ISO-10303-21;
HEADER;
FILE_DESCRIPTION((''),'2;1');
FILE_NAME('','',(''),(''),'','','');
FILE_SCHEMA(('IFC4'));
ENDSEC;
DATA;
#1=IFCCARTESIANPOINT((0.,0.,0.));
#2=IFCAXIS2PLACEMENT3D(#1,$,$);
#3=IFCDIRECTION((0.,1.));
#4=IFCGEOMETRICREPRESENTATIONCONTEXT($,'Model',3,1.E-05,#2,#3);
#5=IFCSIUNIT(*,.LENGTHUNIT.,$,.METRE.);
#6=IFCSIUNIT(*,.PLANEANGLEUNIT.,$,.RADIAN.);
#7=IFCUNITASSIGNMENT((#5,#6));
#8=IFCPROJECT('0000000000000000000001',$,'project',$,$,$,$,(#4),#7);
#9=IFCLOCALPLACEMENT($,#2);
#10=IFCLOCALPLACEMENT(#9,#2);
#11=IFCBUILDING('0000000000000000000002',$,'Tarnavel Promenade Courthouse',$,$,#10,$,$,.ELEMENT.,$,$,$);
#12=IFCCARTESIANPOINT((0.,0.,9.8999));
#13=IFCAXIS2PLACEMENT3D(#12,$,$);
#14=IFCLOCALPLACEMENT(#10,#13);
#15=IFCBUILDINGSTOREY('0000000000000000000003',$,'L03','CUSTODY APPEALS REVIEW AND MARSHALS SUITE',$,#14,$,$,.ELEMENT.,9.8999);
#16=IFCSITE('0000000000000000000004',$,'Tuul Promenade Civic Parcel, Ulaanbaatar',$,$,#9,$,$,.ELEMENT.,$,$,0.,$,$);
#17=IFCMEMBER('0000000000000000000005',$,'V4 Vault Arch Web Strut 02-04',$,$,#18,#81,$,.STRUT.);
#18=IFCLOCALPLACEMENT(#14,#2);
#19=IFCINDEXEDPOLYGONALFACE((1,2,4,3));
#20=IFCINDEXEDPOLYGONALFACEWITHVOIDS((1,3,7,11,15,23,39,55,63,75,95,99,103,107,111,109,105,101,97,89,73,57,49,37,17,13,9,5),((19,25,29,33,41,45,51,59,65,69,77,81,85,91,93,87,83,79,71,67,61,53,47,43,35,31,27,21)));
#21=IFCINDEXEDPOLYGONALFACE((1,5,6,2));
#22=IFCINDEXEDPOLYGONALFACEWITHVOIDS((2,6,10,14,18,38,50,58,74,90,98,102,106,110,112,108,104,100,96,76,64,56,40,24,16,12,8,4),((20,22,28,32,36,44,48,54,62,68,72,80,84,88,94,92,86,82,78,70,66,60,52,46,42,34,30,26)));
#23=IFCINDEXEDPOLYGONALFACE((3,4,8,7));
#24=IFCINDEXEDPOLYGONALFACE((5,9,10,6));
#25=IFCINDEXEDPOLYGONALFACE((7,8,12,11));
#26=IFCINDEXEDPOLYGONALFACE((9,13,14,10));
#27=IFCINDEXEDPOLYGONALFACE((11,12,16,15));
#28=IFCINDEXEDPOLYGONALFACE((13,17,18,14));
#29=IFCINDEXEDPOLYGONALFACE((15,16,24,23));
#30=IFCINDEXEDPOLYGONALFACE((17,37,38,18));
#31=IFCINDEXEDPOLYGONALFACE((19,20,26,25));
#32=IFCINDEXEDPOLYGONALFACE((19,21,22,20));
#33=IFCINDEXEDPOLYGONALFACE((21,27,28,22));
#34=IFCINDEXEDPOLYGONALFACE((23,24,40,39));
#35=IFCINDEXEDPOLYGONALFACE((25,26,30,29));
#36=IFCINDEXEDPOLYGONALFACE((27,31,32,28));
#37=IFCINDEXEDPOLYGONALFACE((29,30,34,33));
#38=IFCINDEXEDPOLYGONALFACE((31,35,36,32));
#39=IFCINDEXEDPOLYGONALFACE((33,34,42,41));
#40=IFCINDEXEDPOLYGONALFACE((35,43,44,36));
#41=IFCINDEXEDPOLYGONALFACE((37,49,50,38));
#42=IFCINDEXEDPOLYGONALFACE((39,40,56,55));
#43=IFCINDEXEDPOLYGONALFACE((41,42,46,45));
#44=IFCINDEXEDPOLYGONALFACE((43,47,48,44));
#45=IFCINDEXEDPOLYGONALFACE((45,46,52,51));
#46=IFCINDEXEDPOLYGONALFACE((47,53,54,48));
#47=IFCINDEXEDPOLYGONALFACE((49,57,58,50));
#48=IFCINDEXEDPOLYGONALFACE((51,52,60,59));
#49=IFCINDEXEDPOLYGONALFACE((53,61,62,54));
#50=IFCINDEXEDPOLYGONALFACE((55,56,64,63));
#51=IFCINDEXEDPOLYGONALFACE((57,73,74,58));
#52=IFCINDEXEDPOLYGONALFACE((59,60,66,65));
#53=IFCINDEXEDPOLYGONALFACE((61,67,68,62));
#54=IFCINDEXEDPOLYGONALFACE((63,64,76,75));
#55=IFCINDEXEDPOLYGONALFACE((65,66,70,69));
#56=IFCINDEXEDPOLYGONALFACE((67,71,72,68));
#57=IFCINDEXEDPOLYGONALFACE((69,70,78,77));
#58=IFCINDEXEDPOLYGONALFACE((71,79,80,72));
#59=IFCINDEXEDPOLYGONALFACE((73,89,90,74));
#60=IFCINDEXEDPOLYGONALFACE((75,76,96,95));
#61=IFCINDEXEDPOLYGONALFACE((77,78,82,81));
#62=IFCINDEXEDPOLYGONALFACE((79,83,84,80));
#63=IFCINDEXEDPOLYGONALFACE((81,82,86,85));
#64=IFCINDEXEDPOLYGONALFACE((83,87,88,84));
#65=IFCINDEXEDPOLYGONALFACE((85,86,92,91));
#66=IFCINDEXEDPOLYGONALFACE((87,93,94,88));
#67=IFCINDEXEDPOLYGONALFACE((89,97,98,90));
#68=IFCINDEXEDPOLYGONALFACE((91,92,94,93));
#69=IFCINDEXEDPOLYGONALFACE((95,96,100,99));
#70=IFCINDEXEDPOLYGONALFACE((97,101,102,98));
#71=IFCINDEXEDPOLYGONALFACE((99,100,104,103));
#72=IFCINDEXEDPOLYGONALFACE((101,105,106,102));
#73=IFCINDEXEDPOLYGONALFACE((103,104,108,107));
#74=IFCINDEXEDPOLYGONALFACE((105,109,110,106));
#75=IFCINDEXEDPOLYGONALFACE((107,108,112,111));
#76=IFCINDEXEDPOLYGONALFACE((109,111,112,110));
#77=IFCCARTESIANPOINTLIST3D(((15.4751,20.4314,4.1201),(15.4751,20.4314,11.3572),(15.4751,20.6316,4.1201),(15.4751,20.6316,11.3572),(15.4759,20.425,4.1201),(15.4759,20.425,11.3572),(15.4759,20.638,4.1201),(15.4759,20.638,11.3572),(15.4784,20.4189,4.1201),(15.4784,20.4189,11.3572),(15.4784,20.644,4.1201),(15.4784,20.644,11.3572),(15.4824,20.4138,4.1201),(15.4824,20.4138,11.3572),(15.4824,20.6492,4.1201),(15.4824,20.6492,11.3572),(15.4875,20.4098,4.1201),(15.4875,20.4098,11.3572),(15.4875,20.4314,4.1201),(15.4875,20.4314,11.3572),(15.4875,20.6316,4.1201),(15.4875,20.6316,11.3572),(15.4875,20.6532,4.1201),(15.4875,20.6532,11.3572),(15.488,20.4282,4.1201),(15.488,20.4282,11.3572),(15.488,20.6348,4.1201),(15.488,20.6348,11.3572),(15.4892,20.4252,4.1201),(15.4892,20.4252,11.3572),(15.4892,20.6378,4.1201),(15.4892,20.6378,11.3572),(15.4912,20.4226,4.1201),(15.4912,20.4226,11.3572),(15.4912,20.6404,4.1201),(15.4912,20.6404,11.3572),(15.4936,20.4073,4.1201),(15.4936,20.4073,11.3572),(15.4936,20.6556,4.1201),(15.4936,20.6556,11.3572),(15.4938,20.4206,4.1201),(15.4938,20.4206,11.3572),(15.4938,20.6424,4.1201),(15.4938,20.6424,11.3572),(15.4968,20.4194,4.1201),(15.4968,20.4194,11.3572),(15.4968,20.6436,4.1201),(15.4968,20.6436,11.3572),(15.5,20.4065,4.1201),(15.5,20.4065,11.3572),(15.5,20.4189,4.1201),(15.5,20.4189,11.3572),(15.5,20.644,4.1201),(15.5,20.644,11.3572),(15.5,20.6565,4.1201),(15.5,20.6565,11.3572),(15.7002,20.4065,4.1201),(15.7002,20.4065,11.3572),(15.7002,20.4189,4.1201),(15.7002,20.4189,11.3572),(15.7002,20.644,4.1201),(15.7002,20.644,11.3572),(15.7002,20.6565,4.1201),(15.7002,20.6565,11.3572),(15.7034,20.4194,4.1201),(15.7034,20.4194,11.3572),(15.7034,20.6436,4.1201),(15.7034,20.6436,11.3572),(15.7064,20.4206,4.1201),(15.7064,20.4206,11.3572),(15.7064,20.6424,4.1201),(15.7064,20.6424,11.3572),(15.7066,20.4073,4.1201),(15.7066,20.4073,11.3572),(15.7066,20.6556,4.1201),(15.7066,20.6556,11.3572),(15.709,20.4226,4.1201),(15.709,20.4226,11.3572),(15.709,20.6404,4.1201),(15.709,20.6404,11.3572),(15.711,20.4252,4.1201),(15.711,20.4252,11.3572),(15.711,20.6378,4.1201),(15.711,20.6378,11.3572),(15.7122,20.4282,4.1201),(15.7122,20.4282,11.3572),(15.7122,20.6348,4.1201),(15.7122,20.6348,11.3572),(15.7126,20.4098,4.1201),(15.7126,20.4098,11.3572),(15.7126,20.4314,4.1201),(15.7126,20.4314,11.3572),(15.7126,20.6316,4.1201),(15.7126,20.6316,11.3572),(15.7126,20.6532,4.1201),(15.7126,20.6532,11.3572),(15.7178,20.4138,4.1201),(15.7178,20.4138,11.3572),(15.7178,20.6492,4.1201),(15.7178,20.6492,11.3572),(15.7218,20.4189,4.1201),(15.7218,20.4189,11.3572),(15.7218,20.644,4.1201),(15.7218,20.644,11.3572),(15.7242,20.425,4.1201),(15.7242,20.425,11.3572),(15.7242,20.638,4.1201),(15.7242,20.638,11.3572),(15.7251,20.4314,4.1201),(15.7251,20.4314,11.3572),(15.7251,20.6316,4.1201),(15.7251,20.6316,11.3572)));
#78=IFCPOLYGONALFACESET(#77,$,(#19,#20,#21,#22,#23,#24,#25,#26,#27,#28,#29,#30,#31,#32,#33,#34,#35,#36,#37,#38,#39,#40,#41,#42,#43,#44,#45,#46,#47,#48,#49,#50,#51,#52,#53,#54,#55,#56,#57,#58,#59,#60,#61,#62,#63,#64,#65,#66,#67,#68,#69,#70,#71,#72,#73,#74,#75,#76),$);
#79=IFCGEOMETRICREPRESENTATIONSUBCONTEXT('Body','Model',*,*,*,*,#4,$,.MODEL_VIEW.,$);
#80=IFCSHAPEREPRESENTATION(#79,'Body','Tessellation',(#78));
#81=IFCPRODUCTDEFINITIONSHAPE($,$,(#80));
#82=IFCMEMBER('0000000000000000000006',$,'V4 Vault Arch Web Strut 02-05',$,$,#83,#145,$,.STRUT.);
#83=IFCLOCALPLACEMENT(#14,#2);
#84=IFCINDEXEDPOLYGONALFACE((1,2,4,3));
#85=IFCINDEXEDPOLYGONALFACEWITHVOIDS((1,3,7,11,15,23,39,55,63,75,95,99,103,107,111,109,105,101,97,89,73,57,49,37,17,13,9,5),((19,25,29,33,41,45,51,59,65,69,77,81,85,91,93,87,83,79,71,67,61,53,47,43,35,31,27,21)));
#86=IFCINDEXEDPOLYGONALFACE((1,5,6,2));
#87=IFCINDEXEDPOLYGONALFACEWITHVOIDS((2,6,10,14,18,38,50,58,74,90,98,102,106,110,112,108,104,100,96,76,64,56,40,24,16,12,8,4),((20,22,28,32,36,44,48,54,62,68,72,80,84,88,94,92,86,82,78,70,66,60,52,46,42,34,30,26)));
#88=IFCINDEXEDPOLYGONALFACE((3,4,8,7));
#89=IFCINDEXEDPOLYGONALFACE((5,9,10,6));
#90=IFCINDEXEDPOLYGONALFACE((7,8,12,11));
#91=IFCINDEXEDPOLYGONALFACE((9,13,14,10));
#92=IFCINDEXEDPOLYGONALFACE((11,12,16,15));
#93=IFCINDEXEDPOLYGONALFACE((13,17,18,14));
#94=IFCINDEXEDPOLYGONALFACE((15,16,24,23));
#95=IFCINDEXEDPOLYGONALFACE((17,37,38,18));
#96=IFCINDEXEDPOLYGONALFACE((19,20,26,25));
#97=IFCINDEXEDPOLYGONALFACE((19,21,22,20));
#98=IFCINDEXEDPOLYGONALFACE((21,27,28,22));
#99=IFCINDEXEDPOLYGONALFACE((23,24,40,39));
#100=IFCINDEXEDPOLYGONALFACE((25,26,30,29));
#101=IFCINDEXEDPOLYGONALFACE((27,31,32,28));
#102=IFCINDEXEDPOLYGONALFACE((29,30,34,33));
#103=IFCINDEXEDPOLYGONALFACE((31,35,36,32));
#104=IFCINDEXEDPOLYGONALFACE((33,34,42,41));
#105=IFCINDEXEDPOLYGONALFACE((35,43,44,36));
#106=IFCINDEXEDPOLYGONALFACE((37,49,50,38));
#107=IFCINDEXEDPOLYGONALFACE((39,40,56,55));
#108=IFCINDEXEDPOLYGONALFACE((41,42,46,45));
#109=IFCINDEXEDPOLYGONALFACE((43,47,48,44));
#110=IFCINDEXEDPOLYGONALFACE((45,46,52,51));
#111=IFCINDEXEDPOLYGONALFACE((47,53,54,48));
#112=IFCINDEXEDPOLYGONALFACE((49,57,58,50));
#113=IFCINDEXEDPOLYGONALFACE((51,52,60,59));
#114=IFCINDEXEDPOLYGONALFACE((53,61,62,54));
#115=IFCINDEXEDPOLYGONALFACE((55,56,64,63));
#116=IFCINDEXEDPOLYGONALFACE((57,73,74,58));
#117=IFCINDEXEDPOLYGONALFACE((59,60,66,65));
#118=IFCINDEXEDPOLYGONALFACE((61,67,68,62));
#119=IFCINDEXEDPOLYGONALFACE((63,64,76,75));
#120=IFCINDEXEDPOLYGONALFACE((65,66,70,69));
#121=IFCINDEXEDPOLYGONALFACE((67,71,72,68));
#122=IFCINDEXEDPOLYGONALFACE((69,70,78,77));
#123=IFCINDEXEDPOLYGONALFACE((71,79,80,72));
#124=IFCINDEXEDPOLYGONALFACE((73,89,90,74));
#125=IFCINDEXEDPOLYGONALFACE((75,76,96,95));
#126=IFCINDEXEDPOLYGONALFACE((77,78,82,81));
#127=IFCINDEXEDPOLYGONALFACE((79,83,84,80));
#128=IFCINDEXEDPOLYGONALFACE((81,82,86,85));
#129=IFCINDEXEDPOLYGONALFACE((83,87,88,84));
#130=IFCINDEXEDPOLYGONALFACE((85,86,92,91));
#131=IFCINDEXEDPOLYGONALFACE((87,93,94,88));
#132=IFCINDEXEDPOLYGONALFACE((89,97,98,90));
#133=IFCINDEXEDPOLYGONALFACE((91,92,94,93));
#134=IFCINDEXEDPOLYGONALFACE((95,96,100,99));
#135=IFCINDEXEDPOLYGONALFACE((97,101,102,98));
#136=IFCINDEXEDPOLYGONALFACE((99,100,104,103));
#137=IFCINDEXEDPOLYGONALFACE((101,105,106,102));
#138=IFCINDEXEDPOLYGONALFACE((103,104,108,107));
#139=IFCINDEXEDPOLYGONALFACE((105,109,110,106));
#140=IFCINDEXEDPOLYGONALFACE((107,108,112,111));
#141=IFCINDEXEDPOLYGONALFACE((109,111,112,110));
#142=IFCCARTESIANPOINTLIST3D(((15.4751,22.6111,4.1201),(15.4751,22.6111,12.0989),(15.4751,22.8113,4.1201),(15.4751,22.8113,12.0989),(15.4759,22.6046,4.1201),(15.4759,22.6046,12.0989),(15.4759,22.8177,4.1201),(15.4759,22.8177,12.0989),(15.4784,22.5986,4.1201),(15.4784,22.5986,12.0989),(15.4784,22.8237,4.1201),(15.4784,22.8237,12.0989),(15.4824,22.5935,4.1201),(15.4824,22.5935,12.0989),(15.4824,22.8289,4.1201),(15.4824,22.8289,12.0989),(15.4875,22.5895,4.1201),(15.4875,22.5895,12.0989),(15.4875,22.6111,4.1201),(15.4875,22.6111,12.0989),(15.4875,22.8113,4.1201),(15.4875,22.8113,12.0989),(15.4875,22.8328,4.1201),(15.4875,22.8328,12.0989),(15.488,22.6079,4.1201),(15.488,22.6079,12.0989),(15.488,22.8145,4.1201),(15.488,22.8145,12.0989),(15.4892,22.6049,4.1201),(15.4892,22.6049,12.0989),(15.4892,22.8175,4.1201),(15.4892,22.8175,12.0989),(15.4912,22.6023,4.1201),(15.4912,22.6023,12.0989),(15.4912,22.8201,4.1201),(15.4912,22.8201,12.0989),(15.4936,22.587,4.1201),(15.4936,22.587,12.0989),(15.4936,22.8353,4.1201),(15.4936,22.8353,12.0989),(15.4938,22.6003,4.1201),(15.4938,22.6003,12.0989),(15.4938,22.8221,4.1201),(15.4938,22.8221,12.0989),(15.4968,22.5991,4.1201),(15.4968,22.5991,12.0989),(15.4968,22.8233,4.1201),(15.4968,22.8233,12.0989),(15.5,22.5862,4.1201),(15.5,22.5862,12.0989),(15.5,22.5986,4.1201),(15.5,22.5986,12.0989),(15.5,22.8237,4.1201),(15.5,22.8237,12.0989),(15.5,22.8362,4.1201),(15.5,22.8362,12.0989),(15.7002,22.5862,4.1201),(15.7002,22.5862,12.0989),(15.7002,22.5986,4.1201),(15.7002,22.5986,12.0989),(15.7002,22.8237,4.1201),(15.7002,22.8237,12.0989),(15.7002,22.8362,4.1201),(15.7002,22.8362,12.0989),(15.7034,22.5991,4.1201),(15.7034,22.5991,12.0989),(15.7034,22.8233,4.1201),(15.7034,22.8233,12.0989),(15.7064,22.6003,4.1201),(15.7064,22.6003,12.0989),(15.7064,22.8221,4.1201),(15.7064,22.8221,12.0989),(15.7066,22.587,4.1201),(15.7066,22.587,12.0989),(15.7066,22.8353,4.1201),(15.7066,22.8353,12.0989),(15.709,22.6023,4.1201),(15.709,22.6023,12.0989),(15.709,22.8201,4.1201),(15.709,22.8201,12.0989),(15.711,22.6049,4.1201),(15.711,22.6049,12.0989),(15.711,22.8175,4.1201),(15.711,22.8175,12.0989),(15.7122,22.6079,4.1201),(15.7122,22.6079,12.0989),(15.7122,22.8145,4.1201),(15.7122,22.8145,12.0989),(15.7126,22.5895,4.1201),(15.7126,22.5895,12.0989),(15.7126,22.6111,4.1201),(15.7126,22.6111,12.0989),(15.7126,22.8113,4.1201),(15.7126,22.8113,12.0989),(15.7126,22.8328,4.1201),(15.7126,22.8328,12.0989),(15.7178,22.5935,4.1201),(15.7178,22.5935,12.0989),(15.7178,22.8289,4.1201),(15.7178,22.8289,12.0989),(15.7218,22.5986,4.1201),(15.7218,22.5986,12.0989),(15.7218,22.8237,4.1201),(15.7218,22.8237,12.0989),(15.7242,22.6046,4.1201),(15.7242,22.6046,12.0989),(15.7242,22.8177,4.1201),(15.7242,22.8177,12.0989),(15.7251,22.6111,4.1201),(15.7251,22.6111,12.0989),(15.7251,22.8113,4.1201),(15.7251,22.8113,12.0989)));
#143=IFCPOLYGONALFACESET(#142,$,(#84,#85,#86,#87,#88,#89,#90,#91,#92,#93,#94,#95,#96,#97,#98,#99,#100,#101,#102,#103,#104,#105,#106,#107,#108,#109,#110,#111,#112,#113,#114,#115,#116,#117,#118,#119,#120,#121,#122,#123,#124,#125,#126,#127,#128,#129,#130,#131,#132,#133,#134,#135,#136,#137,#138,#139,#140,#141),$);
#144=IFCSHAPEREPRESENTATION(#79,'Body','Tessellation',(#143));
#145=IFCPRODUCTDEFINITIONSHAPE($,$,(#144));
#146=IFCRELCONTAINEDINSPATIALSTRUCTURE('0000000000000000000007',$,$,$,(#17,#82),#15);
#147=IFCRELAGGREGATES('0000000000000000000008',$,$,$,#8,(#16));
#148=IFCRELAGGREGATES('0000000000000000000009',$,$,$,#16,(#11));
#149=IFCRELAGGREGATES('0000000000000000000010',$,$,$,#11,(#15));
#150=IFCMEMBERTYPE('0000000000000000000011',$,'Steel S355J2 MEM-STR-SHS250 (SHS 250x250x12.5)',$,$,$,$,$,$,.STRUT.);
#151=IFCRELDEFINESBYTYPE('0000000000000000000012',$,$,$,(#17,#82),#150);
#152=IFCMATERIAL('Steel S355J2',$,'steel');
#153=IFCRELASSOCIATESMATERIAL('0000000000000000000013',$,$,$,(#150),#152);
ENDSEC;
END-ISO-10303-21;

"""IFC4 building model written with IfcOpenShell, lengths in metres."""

from ifc_helpers import new_model, si_unit, direction, frame, origin, origin_2d, place, context, subcontext, project, spatial, hollow_rectangle, extrude, material, material_profile, profile_set, type_object, element, save


model = new_model("IFC4")

# Units and contexts
model_context = context("Model", 3, precision=1e-05, world=origin(), true_north=direction((0.0, 1.0)))
body_context = subcontext(model_context, "Body", "Model", "MODEL_VIEW")
ifc_project = project(units=[si_unit("LENGTHUNIT", "METRE"), si_unit("PLANEANGLEUNIT", "RADIAN")], contexts=[model_context])

# Site, building, storey
site_placement = place(None, origin())
site = spatial("IfcSite", under=ifc_project, at=site_placement, Name="Tuul Promenade Civic Parcel, Ulaanbaatar", CompositionType="ELEMENT", RefElevation=0.0)
building_placement = place(site_placement, origin())
building = spatial("IfcBuilding", under=site, at=building_placement, Name="Tarnavel Promenade Courthouse", CompositionType="ELEMENT")
storey_placement = place(building_placement, frame((0.0, 0.0, 9.8999)))
storey = spatial("IfcBuildingStorey", under=building, at=storey_placement, Name="L03", Description="CUSTODY APPEALS REVIEW AND MARSHALS SUITE", CompositionType="ELEMENT", Elevation=9.8999)

# Members
ifc_material_1 = material(Name="Steel S355J2", Category="steel")
ifc_material_profile = material_profile(ifc_material_1, hollow_rectangle(XDim=0.25, YDim=0.25, WallThickness=0.0125, InnerFilletRadius=0.0125, OuterFilletRadius=0.0249, at=origin_2d()), Name="SHS 250x250x12.5")
ifc_profile_set = profile_set([ifc_material_profile], Name="Steel S355J2")
member_type = type_object("IfcMemberType", Name="Steel S355J2 MEM-STR-SHS250 (SHS 250x250x12.5)", PredefinedType="STRUT", material=ifc_profile_set)
member_1_placement = place(storey_placement, frame((15.6001, 20.5315, 4.1201), z_axis=(0.0, 0.0, 1.0), x_axis=(1.0, 0.0, 0.0)))
element("IfcMember", 1, at=member_1_placement, inside=storey, type_object=member_type, Name="V4 Vault Arch Web Strut 02-04", PredefinedType="STRUT", context=body_context, shape_type="SweptSolid", body=[
    extrude(hollow_rectangle(XDim=0.25, YDim=0.25, WallThickness=0.0125, InnerFilletRadius=0.0125, OuterFilletRadius=0.0249, at=origin_2d()), origin(), (0.0, 0.0, 1.0), 7.2371),
])
member_2_placement = place(storey_placement, frame((15.6001, 22.7112, 4.1201), z_axis=(0.0, 0.0, 1.0), x_axis=(1.0, 0.0, 0.0)))
element("IfcMember", 2, at=member_2_placement, inside=storey, type_object=member_type, Name="V4 Vault Arch Web Strut 02-05", PredefinedType="STRUT", context=body_context, shape_type="SweptSolid", body=[
    extrude(hollow_rectangle(XDim=0.25, YDim=0.25, WallThickness=0.0125, InnerFilletRadius=0.0125, OuterFilletRadius=0.0249, at=origin_2d()), origin(), (0.0, 0.0, 1.0), 7.9788),
])

save(model, "model.ifc")
